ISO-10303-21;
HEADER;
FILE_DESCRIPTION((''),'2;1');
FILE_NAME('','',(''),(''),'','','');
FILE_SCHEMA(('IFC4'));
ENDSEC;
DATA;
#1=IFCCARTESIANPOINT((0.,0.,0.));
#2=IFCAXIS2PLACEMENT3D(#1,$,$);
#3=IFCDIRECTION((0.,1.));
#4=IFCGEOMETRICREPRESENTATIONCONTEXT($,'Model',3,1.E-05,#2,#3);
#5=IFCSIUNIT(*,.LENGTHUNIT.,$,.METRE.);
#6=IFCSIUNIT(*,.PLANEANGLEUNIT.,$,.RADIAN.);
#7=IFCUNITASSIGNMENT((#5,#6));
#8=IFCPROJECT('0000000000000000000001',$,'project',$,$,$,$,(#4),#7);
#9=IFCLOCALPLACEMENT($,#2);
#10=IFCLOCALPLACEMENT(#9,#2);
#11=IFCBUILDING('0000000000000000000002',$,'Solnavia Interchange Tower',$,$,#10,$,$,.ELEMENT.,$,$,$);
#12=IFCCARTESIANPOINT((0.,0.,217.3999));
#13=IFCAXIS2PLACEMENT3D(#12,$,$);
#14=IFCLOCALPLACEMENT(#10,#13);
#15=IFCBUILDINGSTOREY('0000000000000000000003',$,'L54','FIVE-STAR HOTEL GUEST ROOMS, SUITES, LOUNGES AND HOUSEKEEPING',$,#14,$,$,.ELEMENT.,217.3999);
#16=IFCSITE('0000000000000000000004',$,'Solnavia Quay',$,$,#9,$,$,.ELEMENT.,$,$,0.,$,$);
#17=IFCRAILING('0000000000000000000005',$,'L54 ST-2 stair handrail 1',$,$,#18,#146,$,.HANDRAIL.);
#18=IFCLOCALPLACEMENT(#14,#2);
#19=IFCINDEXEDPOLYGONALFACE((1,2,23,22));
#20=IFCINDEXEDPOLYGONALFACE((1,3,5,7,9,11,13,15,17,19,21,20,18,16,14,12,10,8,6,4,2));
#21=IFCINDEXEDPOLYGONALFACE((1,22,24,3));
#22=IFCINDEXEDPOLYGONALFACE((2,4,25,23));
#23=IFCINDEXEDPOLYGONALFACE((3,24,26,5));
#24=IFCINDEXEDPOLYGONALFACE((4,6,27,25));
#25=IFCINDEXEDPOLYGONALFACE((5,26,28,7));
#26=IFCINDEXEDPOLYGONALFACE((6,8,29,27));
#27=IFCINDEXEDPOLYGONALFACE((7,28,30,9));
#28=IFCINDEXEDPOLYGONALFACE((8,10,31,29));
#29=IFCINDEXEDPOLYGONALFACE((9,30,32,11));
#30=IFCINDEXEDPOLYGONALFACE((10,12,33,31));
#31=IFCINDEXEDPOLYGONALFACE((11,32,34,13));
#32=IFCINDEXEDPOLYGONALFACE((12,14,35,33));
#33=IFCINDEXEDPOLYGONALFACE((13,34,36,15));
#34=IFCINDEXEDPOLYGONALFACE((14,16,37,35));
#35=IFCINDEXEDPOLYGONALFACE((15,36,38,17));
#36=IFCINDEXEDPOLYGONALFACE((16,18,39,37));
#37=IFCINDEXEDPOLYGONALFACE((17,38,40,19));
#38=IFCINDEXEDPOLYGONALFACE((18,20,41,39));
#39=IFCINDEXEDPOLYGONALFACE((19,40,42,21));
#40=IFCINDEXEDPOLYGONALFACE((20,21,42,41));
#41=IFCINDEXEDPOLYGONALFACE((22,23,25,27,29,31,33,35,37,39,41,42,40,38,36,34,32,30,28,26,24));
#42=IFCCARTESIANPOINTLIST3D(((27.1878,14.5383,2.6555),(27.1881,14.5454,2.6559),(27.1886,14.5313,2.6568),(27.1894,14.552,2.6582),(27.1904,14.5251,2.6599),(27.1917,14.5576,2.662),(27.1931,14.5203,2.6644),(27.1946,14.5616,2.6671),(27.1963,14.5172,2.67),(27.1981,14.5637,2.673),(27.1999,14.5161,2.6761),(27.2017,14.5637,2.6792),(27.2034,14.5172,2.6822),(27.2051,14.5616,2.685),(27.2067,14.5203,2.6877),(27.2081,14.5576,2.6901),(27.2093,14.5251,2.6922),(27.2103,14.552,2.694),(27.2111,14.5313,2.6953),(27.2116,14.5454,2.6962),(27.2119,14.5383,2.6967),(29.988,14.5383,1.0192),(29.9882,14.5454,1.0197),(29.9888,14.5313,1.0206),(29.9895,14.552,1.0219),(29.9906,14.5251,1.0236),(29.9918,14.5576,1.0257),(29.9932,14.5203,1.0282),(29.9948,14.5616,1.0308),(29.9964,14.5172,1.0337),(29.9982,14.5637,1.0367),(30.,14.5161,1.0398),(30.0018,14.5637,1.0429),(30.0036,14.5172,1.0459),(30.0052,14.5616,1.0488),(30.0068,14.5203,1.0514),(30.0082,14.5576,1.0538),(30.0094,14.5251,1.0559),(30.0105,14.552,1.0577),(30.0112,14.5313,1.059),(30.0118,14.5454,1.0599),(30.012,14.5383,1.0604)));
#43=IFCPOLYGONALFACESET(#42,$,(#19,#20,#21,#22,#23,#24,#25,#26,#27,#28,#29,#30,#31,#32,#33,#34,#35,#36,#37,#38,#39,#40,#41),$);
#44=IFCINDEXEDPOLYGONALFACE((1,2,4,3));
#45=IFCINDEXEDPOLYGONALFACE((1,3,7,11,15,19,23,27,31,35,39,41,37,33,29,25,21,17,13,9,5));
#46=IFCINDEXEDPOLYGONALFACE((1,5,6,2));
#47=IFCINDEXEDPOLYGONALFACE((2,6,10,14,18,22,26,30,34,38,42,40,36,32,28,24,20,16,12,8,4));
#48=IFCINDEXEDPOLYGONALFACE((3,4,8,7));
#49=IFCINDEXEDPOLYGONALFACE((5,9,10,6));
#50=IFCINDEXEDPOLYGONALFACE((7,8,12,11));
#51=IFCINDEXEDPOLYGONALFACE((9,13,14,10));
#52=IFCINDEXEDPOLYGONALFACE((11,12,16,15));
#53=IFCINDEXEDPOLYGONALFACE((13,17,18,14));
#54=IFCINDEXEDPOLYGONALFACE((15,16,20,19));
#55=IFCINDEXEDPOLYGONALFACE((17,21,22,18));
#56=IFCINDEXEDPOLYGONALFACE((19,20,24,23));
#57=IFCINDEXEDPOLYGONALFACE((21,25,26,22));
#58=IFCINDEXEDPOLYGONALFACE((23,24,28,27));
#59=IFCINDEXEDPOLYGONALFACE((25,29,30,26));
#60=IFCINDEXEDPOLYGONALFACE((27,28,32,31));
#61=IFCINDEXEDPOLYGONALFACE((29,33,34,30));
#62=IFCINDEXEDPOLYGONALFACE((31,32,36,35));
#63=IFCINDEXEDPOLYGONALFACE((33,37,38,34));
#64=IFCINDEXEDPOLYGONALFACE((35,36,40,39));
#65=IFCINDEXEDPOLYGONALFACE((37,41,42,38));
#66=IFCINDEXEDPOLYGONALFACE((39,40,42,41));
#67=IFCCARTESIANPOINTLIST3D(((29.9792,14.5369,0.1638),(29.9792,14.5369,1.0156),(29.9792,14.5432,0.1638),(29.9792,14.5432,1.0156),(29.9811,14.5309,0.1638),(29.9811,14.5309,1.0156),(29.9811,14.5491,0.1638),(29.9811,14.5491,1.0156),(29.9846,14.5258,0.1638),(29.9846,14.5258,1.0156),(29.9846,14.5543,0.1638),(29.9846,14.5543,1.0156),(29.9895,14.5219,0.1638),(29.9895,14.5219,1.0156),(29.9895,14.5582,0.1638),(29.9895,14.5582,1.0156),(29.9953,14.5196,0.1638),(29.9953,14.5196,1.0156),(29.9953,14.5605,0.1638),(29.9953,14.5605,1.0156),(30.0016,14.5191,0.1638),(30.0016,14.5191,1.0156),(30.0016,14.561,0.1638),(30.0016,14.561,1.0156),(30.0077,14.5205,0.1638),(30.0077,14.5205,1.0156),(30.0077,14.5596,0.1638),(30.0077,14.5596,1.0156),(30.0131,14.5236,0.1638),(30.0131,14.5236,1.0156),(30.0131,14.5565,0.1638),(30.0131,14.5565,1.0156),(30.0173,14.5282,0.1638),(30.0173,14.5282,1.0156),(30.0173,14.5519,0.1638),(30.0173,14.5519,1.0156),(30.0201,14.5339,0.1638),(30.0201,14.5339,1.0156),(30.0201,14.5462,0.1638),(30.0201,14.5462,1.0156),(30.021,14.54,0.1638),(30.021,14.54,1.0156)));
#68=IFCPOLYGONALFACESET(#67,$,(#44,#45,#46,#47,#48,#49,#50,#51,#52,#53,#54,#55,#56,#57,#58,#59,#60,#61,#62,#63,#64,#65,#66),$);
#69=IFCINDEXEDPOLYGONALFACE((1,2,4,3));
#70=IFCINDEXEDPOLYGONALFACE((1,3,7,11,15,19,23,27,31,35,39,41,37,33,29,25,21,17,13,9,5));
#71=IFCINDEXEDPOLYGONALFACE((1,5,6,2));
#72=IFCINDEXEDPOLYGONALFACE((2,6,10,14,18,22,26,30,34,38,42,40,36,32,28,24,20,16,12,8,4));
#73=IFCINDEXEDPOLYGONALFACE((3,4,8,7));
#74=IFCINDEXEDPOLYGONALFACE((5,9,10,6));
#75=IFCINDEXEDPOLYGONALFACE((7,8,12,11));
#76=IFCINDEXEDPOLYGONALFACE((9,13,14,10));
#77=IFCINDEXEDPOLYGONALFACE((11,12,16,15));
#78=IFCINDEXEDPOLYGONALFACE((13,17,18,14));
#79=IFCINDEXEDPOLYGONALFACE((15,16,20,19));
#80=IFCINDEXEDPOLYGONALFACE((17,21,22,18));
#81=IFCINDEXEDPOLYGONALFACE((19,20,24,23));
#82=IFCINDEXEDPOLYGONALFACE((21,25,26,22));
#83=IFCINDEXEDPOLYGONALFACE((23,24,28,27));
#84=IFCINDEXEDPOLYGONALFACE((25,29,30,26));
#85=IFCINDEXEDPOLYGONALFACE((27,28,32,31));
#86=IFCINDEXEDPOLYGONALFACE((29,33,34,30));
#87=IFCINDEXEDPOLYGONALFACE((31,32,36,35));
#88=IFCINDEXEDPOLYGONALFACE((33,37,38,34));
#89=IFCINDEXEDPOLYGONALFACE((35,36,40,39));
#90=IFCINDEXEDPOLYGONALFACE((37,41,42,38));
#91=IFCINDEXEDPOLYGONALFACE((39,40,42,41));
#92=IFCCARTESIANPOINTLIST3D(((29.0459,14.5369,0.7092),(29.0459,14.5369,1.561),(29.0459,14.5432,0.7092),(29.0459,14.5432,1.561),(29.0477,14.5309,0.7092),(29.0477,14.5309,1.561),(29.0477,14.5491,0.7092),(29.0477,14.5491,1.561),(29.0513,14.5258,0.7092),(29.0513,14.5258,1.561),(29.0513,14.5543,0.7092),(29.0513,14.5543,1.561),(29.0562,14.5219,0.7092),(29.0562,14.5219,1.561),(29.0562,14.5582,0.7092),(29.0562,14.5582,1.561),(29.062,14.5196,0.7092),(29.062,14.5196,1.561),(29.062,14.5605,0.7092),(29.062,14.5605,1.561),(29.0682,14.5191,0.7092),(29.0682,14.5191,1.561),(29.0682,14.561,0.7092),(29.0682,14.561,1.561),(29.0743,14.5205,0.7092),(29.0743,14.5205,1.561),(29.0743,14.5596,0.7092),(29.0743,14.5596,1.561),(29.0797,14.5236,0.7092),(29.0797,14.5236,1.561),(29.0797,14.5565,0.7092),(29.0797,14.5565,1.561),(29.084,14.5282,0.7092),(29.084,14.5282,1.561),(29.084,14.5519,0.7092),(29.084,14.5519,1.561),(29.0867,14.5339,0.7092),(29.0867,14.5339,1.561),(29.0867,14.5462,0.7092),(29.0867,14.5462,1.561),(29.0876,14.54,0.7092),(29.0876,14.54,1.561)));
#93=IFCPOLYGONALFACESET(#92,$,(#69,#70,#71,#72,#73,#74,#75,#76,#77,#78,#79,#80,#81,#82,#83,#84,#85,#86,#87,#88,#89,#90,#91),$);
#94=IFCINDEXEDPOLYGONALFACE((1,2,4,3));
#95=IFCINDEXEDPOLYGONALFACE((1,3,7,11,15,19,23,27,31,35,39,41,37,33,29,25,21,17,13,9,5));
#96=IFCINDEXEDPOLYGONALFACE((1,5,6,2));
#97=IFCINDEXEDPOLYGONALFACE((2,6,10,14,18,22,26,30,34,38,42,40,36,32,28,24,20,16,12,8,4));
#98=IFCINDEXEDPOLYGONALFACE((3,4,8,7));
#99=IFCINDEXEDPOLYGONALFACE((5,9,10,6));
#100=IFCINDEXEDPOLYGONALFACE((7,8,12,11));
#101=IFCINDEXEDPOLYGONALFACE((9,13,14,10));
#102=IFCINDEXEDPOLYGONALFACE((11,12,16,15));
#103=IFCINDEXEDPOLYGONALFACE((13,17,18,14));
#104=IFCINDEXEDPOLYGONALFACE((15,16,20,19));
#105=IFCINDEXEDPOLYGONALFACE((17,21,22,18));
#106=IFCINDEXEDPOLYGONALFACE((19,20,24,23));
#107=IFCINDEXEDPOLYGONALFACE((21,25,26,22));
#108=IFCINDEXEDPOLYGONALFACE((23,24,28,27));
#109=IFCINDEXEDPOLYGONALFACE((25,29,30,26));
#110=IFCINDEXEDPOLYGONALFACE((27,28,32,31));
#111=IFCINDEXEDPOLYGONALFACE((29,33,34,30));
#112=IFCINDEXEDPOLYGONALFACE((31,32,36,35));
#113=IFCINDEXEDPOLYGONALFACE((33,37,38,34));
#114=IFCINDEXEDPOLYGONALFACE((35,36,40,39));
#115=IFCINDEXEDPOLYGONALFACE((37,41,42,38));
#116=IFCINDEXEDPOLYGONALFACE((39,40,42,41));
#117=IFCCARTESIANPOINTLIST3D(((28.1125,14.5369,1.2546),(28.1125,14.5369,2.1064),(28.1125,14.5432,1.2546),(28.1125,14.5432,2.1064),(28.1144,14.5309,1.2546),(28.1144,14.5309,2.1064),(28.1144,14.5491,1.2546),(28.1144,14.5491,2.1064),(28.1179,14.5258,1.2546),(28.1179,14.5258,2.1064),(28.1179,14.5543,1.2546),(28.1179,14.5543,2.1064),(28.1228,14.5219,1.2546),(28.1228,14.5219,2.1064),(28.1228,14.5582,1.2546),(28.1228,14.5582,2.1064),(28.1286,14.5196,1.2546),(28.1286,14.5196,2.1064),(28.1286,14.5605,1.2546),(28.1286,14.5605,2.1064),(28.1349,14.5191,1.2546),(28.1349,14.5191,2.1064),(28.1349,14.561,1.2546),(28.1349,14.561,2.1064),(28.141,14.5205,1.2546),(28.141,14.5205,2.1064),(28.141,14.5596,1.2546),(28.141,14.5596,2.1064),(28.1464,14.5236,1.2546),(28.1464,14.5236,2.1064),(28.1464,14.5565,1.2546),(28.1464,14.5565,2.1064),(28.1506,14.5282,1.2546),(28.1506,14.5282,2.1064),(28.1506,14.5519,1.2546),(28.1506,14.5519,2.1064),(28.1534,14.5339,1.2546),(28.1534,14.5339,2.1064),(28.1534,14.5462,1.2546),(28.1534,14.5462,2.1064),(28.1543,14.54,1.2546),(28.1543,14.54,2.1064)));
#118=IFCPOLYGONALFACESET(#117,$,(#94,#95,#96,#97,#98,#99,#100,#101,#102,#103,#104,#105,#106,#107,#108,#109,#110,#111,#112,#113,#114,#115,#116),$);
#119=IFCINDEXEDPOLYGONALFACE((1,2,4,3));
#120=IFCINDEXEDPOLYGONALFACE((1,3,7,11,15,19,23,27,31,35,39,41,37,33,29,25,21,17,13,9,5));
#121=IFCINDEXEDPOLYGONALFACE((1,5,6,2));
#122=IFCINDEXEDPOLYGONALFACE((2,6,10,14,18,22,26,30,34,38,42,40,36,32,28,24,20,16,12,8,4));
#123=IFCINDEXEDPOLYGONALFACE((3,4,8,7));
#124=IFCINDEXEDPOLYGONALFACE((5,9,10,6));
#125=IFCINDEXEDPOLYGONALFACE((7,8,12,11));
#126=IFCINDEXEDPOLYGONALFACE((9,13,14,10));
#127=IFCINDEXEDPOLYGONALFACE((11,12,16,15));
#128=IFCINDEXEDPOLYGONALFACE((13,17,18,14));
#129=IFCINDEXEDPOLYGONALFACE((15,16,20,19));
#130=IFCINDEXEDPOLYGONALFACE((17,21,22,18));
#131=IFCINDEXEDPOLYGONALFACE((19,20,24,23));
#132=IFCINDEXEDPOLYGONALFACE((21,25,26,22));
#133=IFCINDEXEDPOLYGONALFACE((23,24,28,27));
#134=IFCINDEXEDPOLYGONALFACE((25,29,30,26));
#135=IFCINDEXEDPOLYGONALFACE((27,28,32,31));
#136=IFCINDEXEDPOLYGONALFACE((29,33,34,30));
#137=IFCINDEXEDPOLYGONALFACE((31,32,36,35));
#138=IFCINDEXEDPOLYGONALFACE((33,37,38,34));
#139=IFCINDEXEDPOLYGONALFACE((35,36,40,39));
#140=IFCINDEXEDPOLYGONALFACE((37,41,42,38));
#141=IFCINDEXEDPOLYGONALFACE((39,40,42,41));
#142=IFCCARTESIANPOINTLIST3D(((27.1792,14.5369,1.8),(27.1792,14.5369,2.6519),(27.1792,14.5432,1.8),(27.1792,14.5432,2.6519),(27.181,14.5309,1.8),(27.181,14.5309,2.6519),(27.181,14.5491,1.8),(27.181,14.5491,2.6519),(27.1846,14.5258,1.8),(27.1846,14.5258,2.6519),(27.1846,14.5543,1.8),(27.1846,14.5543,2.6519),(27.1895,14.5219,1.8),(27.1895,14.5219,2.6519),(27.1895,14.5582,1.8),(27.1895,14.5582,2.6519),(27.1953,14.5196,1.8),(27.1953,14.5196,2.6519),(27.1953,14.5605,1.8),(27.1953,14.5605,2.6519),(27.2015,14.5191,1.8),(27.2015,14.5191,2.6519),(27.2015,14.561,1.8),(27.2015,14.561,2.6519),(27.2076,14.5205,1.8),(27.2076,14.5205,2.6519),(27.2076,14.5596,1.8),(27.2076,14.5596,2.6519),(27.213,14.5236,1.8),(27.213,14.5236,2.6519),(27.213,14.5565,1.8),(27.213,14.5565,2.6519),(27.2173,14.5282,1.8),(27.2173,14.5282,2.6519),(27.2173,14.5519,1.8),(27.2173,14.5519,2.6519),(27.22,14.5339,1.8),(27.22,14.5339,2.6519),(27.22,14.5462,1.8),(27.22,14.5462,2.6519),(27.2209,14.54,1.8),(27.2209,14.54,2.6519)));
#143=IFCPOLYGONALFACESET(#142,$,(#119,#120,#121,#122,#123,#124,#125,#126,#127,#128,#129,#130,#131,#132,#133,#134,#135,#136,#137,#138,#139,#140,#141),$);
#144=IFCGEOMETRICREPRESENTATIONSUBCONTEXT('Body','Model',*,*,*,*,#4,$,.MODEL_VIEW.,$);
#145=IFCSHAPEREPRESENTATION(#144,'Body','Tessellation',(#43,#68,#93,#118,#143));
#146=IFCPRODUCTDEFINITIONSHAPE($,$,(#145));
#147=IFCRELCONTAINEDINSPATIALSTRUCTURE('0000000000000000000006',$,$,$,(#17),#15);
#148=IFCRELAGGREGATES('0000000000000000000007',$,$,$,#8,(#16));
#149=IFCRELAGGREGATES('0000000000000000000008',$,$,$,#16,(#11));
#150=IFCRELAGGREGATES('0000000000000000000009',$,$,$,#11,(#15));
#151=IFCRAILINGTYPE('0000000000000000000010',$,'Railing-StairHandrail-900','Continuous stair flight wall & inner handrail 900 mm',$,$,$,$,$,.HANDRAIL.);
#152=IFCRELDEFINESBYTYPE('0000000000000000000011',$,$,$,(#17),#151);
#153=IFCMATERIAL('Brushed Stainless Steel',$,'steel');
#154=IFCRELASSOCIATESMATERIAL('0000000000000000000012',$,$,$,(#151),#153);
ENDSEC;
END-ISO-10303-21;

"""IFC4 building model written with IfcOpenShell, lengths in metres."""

from ifc_helpers import new_model, si_unit, direction, frame, origin, origin_2d, place, context, subcontext, project, spatial, circle, extrude, material, type_object, element, save


model = new_model("IFC4")

# Units and contexts
model_context = context("Model", 3, precision=1e-05, world=origin(), true_north=direction((0.0, 1.0)))
body_context = subcontext(model_context, "Body", "Model", "MODEL_VIEW")
ifc_project = project(units=[si_unit("LENGTHUNIT", "METRE"), si_unit("PLANEANGLEUNIT", "RADIAN")], contexts=[model_context])

# Site, building, storey
site_placement = place(None, origin())
site = spatial("IfcSite", under=ifc_project, at=site_placement, Name="Solnavia Quay", CompositionType="ELEMENT", RefElevation=0.0)
building_placement = place(site_placement, origin())
building = spatial("IfcBuilding", under=site, at=building_placement, Name="Solnavia Interchange Tower", CompositionType="ELEMENT")
storey_placement = place(building_placement, frame((0.0, 0.0, 217.3999)))
storey = spatial("IfcBuildingStorey", under=building, at=storey_placement, Name="L54", Description="FIVE-STAR HOTEL GUEST ROOMS, SUITES, LOUNGES AND HOUSEKEEPING", CompositionType="ELEMENT", Elevation=217.3999)

# Railing
ifc_material_1 = material(Name="Brushed Stainless Steel", Category="steel")
railing_type_1 = type_object("IfcRailingType", Name="Railing-StairHandrail-900", Description="Continuous stair flight wall & inner handrail 900 mm", PredefinedType="HANDRAIL", material=ifc_material_1)
railing_1_placement = place(storey_placement, frame((30.0, 14.54, 0.1638)))
element("IfcRailing", 1, at=railing_1_placement, inside=storey, type_object=railing_type_1, Name="L54 ST-2 stair handrail 1", PredefinedType="HANDRAIL", context=body_context, shape_type="SweptSolid", body=[
    extrude(circle(Radius=0.0239, at=origin_2d()), frame((0.0, 0.0, 0.876), z_axis=(-0.863394, 0.0, 0.504531), x_axis=(0.0, -1.0, 0.0)), (0.0, 0.0, 1.0), 3.2432),
    extrude(circle(Radius=0.021, at=origin_2d()), origin(), (0.0, 0.0, 1.0), 0.8518),
    extrude(circle(Radius=0.021, at=origin_2d()), frame((-0.9333, 0.0, 0.5454)), (0.0, 0.0, 1.0), 0.8518),
    extrude(circle(Radius=0.021, at=origin_2d()), frame((-1.8667, 0.0, 1.0908)), (0.0, 0.0, 1.0), 0.8518),
    extrude(circle(Radius=0.021, at=origin_2d()), frame((-2.8, 0.0, 1.6362)), (0.0, 0.0, 1.0), 0.8518),
])

save(model, "model.ifc")
